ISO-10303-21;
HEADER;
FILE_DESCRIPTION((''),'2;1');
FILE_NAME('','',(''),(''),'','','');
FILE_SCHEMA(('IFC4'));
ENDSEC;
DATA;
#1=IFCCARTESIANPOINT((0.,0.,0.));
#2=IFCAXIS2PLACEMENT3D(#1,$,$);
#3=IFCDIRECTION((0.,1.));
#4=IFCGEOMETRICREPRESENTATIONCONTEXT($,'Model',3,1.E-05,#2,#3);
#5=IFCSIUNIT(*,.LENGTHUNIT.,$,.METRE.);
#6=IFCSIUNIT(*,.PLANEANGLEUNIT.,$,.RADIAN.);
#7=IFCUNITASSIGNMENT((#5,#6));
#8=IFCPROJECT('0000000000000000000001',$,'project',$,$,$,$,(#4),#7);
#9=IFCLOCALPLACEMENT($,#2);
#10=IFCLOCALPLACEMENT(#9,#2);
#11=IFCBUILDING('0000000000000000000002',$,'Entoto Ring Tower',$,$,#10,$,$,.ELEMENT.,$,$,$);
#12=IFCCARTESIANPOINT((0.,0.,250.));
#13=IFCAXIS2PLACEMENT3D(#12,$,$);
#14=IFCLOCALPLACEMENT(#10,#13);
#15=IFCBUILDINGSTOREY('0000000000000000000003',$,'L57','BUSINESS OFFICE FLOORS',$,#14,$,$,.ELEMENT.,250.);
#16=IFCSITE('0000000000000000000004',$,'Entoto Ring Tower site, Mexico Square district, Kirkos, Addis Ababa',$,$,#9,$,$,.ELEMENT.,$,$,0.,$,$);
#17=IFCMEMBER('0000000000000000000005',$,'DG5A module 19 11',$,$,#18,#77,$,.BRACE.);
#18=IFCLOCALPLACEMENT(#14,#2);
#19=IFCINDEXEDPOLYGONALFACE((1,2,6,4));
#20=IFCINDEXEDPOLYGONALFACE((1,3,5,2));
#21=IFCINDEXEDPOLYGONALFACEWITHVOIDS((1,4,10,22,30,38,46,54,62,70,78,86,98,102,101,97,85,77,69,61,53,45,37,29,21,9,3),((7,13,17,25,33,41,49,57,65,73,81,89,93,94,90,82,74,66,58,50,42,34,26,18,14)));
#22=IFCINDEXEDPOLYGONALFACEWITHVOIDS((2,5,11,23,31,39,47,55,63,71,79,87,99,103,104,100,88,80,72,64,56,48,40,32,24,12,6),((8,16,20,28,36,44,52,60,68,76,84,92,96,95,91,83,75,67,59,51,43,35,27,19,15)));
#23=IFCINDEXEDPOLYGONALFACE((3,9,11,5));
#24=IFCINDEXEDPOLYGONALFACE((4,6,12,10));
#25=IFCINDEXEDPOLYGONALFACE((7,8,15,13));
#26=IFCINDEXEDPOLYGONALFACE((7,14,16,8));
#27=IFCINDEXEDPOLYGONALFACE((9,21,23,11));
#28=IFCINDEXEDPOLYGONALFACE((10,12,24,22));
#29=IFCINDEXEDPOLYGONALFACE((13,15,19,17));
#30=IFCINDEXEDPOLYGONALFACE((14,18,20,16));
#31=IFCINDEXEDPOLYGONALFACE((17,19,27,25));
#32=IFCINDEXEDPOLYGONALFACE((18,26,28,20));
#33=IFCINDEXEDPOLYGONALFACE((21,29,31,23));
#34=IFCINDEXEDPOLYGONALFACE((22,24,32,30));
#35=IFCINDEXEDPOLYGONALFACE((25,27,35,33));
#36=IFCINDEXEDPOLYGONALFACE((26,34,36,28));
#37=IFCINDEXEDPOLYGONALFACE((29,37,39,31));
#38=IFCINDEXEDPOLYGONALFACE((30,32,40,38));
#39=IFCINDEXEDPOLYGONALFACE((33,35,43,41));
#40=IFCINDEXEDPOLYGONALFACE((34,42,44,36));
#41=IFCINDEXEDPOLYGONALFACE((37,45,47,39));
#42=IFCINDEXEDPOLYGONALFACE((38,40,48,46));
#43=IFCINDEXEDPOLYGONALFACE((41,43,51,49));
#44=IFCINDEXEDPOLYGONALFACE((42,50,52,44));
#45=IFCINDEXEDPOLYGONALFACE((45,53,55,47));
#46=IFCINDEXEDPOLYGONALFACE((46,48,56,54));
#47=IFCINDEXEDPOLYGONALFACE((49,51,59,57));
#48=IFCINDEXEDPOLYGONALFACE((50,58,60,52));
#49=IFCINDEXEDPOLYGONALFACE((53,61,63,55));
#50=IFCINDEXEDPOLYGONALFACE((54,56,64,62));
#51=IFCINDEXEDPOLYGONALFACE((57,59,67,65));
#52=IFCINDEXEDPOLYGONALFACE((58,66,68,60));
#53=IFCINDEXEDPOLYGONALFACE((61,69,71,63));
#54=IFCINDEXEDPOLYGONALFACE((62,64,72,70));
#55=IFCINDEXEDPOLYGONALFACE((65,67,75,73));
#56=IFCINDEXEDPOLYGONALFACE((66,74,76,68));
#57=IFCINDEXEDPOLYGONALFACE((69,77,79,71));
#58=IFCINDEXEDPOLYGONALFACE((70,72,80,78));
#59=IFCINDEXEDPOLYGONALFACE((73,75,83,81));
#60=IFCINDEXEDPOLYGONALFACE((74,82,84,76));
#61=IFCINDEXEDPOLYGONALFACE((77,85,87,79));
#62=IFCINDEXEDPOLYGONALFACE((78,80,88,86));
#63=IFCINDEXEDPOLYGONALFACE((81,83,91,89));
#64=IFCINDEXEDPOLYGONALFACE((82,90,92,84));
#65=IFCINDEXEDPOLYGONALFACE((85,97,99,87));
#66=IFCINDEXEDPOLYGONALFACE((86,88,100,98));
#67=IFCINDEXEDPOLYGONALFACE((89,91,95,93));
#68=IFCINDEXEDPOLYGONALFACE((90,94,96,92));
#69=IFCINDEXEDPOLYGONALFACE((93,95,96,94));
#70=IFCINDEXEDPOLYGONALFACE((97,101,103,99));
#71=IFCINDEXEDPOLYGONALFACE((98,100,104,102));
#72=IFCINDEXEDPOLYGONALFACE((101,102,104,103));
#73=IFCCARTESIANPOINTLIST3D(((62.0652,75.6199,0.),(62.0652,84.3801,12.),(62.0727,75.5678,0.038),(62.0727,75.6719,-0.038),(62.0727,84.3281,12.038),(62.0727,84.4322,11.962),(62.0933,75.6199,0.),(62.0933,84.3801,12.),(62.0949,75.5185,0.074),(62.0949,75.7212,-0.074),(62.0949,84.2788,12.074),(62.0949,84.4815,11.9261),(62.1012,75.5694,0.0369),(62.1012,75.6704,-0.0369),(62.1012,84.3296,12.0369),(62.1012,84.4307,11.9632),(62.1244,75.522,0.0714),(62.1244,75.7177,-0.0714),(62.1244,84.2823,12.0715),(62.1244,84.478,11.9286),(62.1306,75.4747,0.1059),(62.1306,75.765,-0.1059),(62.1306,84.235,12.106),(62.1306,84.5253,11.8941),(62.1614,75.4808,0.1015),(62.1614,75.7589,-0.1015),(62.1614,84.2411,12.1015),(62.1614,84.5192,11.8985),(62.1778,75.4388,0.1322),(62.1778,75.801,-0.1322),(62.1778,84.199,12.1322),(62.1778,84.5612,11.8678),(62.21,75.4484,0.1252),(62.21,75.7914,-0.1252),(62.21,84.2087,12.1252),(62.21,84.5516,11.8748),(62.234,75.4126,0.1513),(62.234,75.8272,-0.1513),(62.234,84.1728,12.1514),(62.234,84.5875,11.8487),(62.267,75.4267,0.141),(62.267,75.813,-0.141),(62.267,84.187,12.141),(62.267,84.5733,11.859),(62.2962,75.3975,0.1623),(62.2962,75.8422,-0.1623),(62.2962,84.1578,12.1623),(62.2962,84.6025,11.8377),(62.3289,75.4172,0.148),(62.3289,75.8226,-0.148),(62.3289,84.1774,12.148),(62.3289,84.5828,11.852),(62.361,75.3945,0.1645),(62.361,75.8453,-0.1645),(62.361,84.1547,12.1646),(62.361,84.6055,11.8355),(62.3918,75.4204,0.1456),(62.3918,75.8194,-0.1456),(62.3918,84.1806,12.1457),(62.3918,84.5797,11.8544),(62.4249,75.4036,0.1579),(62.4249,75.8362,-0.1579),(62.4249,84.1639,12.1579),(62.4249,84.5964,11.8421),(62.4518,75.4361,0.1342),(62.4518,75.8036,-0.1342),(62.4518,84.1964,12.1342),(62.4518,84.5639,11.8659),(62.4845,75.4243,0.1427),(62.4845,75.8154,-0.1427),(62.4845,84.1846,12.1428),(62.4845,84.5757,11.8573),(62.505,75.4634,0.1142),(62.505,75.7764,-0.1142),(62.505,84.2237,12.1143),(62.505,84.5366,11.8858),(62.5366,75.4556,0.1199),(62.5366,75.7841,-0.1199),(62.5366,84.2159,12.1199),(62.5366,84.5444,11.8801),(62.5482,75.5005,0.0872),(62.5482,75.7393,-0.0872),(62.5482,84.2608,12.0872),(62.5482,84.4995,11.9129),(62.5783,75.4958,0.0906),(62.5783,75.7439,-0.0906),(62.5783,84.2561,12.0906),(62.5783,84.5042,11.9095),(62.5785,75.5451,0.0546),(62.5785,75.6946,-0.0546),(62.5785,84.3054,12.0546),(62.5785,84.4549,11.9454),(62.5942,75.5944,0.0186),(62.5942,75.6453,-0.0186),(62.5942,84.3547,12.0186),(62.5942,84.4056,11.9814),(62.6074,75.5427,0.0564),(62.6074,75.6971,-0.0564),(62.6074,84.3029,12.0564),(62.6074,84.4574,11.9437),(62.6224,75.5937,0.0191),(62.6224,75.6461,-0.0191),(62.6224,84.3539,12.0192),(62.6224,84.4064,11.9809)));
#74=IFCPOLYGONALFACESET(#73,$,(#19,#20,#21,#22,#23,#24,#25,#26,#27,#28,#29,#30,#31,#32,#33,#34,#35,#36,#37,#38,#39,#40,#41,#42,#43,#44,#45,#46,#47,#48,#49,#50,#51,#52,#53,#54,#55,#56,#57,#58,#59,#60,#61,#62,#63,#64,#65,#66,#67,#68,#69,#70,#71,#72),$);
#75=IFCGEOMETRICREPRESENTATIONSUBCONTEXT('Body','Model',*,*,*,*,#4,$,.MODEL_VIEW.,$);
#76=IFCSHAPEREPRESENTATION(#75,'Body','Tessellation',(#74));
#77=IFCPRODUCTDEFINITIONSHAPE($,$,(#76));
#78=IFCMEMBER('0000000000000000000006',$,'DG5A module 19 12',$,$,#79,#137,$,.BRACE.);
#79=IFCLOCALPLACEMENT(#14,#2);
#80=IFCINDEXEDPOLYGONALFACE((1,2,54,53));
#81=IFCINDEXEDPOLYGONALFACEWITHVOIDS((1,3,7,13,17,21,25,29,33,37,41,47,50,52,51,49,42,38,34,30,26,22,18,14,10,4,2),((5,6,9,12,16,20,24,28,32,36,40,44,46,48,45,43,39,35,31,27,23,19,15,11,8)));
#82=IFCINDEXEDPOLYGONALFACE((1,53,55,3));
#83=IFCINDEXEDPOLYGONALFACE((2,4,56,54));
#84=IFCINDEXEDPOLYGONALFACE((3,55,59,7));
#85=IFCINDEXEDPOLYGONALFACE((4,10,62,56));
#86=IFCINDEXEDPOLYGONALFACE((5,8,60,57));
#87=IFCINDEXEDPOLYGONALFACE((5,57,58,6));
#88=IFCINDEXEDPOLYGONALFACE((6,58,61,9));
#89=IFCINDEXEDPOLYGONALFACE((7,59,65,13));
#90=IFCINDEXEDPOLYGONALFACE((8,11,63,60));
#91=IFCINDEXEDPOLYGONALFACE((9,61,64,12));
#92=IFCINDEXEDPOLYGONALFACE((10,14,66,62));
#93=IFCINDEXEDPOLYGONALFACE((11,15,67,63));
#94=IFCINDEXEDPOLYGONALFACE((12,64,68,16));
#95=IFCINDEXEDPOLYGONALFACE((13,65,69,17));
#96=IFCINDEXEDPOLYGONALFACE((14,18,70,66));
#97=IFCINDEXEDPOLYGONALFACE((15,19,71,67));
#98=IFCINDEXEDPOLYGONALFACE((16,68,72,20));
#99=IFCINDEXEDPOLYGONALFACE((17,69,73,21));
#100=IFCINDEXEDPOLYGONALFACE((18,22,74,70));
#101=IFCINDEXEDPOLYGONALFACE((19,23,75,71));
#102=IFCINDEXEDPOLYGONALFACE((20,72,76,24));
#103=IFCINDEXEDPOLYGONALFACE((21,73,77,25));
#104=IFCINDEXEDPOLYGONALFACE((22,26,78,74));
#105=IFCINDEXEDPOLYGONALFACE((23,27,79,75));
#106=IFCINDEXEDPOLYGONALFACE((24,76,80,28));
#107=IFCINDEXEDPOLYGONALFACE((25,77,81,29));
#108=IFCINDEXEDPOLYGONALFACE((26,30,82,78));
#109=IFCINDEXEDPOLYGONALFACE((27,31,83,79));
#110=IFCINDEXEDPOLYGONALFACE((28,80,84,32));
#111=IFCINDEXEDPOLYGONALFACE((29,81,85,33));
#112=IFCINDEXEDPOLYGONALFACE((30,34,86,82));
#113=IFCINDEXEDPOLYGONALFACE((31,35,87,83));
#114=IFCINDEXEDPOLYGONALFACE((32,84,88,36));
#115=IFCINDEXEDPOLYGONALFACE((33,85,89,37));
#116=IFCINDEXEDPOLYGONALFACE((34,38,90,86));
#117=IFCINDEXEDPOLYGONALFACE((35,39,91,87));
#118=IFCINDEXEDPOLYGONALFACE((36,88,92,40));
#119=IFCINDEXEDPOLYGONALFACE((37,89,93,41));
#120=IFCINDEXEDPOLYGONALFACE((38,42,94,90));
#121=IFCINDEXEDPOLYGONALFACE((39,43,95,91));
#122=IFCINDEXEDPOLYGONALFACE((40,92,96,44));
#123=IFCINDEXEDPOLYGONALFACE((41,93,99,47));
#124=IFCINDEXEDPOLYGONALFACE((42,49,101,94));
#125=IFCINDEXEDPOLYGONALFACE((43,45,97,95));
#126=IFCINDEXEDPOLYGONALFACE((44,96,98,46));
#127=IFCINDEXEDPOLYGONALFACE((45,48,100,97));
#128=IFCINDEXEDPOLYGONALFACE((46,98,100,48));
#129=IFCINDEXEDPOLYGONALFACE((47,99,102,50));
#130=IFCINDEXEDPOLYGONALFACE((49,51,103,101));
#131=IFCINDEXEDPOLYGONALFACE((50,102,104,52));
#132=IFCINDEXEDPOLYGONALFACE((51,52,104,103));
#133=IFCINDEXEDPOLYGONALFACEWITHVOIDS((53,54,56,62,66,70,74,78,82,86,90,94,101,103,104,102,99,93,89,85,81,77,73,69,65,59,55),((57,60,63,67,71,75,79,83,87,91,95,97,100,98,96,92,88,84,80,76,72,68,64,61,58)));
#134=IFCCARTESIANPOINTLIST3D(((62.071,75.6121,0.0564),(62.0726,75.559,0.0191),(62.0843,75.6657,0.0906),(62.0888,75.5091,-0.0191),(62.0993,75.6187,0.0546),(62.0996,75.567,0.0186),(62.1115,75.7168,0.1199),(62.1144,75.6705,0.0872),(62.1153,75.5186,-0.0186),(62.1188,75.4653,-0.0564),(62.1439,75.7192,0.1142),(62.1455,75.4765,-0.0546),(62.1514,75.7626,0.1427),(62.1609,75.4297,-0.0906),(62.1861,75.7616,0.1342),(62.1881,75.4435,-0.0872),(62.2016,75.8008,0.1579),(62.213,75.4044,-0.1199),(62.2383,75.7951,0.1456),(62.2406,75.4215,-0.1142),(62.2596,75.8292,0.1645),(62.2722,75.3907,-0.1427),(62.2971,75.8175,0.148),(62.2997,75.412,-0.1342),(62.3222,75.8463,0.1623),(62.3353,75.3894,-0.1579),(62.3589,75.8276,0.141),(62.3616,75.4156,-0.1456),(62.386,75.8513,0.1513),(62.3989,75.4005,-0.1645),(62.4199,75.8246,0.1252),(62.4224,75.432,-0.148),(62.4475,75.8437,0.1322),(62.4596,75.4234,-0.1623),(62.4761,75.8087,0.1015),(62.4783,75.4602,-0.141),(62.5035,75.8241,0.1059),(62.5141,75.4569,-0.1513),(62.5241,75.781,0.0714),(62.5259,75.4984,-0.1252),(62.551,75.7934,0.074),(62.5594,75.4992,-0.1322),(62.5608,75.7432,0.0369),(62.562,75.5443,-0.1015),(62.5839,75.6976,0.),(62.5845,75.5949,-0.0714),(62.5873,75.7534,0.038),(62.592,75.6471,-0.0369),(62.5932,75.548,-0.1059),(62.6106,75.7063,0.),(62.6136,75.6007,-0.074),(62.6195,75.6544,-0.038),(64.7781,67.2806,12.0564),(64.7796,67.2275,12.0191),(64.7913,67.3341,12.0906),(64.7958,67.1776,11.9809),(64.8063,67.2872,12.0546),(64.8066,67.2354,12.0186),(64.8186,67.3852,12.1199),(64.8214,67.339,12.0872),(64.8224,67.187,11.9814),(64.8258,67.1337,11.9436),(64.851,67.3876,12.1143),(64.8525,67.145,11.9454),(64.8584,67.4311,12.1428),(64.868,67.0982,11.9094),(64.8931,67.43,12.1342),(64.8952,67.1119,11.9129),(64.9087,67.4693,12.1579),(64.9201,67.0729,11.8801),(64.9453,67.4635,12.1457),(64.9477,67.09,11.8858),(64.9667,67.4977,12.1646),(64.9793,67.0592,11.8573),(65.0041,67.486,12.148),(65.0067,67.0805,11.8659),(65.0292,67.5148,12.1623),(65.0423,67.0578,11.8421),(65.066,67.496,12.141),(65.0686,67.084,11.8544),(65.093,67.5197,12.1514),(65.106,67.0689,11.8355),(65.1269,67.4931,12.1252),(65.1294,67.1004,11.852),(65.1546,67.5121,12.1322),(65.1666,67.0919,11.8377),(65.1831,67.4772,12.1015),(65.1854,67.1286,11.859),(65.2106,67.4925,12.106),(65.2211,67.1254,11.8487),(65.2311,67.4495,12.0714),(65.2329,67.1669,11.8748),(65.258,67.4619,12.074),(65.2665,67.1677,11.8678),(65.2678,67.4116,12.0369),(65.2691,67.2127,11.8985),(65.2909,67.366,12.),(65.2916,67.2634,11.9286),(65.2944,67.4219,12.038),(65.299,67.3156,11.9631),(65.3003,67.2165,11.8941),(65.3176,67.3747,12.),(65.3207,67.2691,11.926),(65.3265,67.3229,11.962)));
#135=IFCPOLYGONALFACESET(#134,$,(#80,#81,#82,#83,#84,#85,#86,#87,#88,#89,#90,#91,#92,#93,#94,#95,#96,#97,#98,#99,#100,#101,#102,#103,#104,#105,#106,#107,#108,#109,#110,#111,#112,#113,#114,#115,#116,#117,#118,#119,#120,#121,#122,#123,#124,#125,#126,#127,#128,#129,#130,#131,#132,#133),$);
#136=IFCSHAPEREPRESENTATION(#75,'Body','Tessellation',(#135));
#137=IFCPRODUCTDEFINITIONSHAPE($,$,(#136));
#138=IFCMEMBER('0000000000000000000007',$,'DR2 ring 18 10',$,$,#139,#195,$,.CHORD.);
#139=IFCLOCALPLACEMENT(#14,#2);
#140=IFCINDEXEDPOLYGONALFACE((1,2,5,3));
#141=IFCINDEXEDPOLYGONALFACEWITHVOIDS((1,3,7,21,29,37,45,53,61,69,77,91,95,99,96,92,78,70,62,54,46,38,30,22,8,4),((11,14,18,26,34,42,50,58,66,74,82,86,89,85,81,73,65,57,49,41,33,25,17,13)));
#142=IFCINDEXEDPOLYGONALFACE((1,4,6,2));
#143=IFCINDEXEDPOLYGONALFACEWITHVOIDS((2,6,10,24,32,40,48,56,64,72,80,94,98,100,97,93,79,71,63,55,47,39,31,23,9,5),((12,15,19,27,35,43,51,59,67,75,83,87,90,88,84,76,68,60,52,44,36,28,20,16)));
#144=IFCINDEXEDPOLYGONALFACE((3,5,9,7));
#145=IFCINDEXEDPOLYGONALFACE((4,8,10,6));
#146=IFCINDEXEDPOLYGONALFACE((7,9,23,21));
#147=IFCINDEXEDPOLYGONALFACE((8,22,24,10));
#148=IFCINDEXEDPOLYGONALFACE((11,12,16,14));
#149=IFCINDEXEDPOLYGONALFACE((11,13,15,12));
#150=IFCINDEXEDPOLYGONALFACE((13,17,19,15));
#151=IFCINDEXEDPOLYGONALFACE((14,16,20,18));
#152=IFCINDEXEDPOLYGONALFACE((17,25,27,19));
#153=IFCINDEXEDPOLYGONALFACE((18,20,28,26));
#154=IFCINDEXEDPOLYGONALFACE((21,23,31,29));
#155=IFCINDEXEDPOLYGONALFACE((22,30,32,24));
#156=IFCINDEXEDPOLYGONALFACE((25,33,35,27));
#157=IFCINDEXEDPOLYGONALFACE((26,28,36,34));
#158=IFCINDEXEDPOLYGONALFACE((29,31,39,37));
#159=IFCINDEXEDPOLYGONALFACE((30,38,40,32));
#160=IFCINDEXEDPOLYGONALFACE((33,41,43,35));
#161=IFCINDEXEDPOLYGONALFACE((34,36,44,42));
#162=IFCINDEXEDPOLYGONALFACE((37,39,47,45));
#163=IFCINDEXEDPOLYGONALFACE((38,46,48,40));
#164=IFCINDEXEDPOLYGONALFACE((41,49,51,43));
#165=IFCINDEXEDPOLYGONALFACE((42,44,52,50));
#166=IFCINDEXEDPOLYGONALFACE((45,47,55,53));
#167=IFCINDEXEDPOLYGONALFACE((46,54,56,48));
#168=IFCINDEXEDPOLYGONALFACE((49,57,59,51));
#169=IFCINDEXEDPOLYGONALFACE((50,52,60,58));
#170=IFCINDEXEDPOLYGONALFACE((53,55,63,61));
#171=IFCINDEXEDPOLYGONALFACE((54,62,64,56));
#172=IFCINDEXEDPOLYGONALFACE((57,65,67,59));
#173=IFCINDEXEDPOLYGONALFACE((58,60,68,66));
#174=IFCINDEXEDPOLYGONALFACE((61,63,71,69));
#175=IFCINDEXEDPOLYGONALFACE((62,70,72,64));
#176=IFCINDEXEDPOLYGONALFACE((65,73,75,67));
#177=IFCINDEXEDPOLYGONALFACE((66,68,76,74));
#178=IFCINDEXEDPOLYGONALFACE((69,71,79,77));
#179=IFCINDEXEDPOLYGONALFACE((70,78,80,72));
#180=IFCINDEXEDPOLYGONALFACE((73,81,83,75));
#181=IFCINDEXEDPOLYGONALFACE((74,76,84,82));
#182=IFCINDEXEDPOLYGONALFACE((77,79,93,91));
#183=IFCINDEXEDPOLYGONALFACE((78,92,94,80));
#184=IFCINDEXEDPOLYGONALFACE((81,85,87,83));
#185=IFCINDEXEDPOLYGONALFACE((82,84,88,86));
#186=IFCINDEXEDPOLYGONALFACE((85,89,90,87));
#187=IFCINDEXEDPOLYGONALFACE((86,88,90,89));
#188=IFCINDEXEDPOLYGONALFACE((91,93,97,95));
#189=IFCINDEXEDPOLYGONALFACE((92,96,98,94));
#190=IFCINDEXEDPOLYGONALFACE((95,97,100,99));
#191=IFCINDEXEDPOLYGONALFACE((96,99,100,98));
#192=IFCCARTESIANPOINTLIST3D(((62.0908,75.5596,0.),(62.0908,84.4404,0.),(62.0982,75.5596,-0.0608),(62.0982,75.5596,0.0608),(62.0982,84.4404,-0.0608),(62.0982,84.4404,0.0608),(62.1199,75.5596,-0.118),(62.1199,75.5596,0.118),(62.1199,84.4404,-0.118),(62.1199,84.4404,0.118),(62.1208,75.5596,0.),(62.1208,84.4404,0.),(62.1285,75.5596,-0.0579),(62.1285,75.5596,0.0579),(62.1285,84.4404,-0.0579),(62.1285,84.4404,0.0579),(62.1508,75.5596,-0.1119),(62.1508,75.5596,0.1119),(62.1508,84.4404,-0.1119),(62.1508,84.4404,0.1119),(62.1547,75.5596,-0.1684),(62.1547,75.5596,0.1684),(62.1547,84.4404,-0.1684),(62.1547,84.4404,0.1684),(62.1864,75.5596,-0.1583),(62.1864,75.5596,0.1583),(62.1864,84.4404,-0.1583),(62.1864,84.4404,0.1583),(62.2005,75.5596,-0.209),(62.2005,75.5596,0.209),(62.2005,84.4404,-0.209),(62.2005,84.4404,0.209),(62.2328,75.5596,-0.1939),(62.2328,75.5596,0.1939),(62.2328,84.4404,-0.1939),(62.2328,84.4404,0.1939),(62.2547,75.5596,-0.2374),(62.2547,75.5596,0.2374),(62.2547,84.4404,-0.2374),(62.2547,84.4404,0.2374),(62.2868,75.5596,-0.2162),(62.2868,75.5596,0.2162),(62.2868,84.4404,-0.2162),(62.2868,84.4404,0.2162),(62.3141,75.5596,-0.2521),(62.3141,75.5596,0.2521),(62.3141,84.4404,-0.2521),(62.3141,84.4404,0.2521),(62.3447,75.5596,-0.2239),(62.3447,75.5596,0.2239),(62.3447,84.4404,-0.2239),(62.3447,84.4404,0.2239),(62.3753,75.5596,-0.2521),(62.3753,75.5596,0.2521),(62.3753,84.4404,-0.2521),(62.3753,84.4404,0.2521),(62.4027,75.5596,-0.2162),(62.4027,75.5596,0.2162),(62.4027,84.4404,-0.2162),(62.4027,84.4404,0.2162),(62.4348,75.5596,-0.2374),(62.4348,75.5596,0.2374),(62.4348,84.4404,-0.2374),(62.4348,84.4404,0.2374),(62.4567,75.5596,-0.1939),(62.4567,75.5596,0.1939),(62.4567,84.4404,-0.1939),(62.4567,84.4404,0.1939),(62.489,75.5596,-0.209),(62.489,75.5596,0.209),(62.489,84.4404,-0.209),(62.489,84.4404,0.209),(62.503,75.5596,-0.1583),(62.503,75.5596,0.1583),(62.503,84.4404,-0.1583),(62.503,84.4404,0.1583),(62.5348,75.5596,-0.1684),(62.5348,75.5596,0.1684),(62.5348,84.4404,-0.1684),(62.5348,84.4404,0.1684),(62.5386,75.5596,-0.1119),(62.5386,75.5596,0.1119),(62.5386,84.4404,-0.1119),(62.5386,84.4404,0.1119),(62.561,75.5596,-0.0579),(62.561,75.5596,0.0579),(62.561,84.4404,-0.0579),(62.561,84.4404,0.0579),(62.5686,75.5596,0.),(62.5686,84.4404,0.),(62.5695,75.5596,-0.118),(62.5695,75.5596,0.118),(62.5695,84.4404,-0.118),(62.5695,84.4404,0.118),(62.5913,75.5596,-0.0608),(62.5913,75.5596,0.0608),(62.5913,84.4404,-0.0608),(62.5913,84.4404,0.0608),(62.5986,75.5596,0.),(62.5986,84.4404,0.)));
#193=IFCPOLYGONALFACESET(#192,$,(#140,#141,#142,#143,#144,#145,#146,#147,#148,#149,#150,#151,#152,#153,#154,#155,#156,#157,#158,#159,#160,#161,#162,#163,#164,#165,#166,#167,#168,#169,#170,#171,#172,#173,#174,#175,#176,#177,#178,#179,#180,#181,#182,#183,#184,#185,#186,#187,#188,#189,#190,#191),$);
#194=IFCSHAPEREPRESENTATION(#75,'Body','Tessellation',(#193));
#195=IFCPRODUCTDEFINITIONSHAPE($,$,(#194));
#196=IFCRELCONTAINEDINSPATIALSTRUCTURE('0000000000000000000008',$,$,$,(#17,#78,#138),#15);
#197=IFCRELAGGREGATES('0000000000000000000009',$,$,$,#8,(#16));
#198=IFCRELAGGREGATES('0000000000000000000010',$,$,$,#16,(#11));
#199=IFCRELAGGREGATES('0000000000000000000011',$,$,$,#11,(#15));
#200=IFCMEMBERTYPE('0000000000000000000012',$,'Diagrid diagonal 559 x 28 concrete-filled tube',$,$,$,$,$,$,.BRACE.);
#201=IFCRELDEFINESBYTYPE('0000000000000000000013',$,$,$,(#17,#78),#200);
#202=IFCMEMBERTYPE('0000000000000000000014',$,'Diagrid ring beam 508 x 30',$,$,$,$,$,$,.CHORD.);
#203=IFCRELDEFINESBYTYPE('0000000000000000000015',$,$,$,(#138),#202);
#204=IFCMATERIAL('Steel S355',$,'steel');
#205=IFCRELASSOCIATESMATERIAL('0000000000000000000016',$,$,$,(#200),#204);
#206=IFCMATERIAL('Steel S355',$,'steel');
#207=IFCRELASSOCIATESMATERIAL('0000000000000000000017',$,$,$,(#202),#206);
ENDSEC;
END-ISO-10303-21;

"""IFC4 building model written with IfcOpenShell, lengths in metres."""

from ifc_helpers import new_model, si_unit, direction, frame, origin, origin_2d, place, context, subcontext, project, spatial, circle, hollow_circle, extrude, material, material_profile, profile_set, type_object, element, save


model = new_model("IFC4")

# Units and contexts
model_context = context("Model", 3, precision=1e-05, world=origin(), true_north=direction((0.0, 1.0)))
body_context = subcontext(model_context, "Body", "Model", "MODEL_VIEW")
ifc_project = project(units=[si_unit("LENGTHUNIT", "METRE"), si_unit("PLANEANGLEUNIT", "RADIAN")], contexts=[model_context])

# Site, building, storey
site_placement = place(None, origin())
site = spatial("IfcSite", under=ifc_project, at=site_placement, Name="Entoto Ring Tower site, Mexico Square district, Kirkos, Addis Ababa", CompositionType="ELEMENT", RefElevation=0.0)
building_placement = place(site_placement, origin())
building = spatial("IfcBuilding", under=site, at=building_placement, Name="Entoto Ring Tower", CompositionType="ELEMENT")
storey_placement = place(building_placement, frame((0.0, 0.0, 250.0)))
storey = spatial("IfcBuildingStorey", under=building, at=storey_placement, Name="L57", Description="BUSINESS OFFICE FLOORS", CompositionType="ELEMENT", Elevation=250.0)

# Members
ifc_material_1 = material(Name="Steel S355", Category="steel")
ifc_material_profile_1 = material_profile(ifc_material_1, hollow_circle(Radius=0.2795, WallThickness=0.0281, at=origin_2d()), Name="CHS 559 x 28")
ifc_material_2 = material(Name="Concrete C60/75", Category="concrete")
ifc_material_profile_2 = material_profile(ifc_material_2, circle(Radius=0.2515, at=origin_2d()), Name="Concrete C60/75 infill")
ifc_profile_set_1 = profile_set([ifc_material_profile_1, ifc_material_profile_2], Name="Steel S355")
member_type_1 = type_object("IfcMemberType", Name="Diagrid diagonal 559 x 28 concrete-filled tube", PredefinedType="BRACE", material=ifc_profile_set_1)
for number, where, z_axis, x_axis, name in (
    (1, (62.3447, 75.6199, 0.0), (0.0, 0.589623, 0.807679), (-1.0, 0.0, 0.0), "DG5A module 19 11"),
    (2, (62.3447, 75.6199, 0.0), (0.182201, -0.560767, 0.807678), (0.951058, 0.309012, 0.0), "DG5A module 19 12"),
):
    element("IfcMember", number, at=place(storey_placement, frame(where, z_axis=z_axis, x_axis=x_axis)), inside=storey, type_object=member_type_1, Name=name, PredefinedType="BRACE", context=body_context, shape_type="SweptSolid", body=[
        extrude(hollow_circle(Radius=0.2795, WallThickness=0.0281, at=origin_2d()), origin(), (0.0, 0.0, 1.0), 14.8574),
    ])
ifc_material_3 = material(Name="Steel S355", Category="steel")
ifc_material_profile_3 = material_profile(ifc_material_3, hollow_circle(Radius=0.2539, WallThickness=0.03, at=origin_2d()), Name="CHS 508 x 30")
ifc_material_4 = material(Name="Concrete C60/75", Category="concrete")
ifc_material_profile_4 = material_profile(ifc_material_4, circle(Radius=0.2241, at=origin_2d()), Name="Concrete C60/75 infill")
ifc_profile_set_2 = profile_set([ifc_material_profile_3, ifc_material_profile_4], Name="Steel S355")
member_type_2 = type_object("IfcMemberType", Name="Diagrid ring beam 508 x 30", PredefinedType="CHORD", material=ifc_profile_set_2)
member_1_placement = place(storey_placement, frame((62.3447, 84.4404, 0.0), z_axis=(0.0, -1.0, 0.0), x_axis=(1.0, 0.0, 0.0)))
element("IfcMember", 3, at=member_1_placement, inside=storey, type_object=member_type_2, Name="DR2 ring 18 10", PredefinedType="CHORD", context=body_context, shape_type="SweptSolid", body=[
    extrude(hollow_circle(Radius=0.2539, WallThickness=0.03, at=origin_2d()), origin(), (0.0, 0.0, 1.0), 8.8809),
])

save(model, "model.ifc")
